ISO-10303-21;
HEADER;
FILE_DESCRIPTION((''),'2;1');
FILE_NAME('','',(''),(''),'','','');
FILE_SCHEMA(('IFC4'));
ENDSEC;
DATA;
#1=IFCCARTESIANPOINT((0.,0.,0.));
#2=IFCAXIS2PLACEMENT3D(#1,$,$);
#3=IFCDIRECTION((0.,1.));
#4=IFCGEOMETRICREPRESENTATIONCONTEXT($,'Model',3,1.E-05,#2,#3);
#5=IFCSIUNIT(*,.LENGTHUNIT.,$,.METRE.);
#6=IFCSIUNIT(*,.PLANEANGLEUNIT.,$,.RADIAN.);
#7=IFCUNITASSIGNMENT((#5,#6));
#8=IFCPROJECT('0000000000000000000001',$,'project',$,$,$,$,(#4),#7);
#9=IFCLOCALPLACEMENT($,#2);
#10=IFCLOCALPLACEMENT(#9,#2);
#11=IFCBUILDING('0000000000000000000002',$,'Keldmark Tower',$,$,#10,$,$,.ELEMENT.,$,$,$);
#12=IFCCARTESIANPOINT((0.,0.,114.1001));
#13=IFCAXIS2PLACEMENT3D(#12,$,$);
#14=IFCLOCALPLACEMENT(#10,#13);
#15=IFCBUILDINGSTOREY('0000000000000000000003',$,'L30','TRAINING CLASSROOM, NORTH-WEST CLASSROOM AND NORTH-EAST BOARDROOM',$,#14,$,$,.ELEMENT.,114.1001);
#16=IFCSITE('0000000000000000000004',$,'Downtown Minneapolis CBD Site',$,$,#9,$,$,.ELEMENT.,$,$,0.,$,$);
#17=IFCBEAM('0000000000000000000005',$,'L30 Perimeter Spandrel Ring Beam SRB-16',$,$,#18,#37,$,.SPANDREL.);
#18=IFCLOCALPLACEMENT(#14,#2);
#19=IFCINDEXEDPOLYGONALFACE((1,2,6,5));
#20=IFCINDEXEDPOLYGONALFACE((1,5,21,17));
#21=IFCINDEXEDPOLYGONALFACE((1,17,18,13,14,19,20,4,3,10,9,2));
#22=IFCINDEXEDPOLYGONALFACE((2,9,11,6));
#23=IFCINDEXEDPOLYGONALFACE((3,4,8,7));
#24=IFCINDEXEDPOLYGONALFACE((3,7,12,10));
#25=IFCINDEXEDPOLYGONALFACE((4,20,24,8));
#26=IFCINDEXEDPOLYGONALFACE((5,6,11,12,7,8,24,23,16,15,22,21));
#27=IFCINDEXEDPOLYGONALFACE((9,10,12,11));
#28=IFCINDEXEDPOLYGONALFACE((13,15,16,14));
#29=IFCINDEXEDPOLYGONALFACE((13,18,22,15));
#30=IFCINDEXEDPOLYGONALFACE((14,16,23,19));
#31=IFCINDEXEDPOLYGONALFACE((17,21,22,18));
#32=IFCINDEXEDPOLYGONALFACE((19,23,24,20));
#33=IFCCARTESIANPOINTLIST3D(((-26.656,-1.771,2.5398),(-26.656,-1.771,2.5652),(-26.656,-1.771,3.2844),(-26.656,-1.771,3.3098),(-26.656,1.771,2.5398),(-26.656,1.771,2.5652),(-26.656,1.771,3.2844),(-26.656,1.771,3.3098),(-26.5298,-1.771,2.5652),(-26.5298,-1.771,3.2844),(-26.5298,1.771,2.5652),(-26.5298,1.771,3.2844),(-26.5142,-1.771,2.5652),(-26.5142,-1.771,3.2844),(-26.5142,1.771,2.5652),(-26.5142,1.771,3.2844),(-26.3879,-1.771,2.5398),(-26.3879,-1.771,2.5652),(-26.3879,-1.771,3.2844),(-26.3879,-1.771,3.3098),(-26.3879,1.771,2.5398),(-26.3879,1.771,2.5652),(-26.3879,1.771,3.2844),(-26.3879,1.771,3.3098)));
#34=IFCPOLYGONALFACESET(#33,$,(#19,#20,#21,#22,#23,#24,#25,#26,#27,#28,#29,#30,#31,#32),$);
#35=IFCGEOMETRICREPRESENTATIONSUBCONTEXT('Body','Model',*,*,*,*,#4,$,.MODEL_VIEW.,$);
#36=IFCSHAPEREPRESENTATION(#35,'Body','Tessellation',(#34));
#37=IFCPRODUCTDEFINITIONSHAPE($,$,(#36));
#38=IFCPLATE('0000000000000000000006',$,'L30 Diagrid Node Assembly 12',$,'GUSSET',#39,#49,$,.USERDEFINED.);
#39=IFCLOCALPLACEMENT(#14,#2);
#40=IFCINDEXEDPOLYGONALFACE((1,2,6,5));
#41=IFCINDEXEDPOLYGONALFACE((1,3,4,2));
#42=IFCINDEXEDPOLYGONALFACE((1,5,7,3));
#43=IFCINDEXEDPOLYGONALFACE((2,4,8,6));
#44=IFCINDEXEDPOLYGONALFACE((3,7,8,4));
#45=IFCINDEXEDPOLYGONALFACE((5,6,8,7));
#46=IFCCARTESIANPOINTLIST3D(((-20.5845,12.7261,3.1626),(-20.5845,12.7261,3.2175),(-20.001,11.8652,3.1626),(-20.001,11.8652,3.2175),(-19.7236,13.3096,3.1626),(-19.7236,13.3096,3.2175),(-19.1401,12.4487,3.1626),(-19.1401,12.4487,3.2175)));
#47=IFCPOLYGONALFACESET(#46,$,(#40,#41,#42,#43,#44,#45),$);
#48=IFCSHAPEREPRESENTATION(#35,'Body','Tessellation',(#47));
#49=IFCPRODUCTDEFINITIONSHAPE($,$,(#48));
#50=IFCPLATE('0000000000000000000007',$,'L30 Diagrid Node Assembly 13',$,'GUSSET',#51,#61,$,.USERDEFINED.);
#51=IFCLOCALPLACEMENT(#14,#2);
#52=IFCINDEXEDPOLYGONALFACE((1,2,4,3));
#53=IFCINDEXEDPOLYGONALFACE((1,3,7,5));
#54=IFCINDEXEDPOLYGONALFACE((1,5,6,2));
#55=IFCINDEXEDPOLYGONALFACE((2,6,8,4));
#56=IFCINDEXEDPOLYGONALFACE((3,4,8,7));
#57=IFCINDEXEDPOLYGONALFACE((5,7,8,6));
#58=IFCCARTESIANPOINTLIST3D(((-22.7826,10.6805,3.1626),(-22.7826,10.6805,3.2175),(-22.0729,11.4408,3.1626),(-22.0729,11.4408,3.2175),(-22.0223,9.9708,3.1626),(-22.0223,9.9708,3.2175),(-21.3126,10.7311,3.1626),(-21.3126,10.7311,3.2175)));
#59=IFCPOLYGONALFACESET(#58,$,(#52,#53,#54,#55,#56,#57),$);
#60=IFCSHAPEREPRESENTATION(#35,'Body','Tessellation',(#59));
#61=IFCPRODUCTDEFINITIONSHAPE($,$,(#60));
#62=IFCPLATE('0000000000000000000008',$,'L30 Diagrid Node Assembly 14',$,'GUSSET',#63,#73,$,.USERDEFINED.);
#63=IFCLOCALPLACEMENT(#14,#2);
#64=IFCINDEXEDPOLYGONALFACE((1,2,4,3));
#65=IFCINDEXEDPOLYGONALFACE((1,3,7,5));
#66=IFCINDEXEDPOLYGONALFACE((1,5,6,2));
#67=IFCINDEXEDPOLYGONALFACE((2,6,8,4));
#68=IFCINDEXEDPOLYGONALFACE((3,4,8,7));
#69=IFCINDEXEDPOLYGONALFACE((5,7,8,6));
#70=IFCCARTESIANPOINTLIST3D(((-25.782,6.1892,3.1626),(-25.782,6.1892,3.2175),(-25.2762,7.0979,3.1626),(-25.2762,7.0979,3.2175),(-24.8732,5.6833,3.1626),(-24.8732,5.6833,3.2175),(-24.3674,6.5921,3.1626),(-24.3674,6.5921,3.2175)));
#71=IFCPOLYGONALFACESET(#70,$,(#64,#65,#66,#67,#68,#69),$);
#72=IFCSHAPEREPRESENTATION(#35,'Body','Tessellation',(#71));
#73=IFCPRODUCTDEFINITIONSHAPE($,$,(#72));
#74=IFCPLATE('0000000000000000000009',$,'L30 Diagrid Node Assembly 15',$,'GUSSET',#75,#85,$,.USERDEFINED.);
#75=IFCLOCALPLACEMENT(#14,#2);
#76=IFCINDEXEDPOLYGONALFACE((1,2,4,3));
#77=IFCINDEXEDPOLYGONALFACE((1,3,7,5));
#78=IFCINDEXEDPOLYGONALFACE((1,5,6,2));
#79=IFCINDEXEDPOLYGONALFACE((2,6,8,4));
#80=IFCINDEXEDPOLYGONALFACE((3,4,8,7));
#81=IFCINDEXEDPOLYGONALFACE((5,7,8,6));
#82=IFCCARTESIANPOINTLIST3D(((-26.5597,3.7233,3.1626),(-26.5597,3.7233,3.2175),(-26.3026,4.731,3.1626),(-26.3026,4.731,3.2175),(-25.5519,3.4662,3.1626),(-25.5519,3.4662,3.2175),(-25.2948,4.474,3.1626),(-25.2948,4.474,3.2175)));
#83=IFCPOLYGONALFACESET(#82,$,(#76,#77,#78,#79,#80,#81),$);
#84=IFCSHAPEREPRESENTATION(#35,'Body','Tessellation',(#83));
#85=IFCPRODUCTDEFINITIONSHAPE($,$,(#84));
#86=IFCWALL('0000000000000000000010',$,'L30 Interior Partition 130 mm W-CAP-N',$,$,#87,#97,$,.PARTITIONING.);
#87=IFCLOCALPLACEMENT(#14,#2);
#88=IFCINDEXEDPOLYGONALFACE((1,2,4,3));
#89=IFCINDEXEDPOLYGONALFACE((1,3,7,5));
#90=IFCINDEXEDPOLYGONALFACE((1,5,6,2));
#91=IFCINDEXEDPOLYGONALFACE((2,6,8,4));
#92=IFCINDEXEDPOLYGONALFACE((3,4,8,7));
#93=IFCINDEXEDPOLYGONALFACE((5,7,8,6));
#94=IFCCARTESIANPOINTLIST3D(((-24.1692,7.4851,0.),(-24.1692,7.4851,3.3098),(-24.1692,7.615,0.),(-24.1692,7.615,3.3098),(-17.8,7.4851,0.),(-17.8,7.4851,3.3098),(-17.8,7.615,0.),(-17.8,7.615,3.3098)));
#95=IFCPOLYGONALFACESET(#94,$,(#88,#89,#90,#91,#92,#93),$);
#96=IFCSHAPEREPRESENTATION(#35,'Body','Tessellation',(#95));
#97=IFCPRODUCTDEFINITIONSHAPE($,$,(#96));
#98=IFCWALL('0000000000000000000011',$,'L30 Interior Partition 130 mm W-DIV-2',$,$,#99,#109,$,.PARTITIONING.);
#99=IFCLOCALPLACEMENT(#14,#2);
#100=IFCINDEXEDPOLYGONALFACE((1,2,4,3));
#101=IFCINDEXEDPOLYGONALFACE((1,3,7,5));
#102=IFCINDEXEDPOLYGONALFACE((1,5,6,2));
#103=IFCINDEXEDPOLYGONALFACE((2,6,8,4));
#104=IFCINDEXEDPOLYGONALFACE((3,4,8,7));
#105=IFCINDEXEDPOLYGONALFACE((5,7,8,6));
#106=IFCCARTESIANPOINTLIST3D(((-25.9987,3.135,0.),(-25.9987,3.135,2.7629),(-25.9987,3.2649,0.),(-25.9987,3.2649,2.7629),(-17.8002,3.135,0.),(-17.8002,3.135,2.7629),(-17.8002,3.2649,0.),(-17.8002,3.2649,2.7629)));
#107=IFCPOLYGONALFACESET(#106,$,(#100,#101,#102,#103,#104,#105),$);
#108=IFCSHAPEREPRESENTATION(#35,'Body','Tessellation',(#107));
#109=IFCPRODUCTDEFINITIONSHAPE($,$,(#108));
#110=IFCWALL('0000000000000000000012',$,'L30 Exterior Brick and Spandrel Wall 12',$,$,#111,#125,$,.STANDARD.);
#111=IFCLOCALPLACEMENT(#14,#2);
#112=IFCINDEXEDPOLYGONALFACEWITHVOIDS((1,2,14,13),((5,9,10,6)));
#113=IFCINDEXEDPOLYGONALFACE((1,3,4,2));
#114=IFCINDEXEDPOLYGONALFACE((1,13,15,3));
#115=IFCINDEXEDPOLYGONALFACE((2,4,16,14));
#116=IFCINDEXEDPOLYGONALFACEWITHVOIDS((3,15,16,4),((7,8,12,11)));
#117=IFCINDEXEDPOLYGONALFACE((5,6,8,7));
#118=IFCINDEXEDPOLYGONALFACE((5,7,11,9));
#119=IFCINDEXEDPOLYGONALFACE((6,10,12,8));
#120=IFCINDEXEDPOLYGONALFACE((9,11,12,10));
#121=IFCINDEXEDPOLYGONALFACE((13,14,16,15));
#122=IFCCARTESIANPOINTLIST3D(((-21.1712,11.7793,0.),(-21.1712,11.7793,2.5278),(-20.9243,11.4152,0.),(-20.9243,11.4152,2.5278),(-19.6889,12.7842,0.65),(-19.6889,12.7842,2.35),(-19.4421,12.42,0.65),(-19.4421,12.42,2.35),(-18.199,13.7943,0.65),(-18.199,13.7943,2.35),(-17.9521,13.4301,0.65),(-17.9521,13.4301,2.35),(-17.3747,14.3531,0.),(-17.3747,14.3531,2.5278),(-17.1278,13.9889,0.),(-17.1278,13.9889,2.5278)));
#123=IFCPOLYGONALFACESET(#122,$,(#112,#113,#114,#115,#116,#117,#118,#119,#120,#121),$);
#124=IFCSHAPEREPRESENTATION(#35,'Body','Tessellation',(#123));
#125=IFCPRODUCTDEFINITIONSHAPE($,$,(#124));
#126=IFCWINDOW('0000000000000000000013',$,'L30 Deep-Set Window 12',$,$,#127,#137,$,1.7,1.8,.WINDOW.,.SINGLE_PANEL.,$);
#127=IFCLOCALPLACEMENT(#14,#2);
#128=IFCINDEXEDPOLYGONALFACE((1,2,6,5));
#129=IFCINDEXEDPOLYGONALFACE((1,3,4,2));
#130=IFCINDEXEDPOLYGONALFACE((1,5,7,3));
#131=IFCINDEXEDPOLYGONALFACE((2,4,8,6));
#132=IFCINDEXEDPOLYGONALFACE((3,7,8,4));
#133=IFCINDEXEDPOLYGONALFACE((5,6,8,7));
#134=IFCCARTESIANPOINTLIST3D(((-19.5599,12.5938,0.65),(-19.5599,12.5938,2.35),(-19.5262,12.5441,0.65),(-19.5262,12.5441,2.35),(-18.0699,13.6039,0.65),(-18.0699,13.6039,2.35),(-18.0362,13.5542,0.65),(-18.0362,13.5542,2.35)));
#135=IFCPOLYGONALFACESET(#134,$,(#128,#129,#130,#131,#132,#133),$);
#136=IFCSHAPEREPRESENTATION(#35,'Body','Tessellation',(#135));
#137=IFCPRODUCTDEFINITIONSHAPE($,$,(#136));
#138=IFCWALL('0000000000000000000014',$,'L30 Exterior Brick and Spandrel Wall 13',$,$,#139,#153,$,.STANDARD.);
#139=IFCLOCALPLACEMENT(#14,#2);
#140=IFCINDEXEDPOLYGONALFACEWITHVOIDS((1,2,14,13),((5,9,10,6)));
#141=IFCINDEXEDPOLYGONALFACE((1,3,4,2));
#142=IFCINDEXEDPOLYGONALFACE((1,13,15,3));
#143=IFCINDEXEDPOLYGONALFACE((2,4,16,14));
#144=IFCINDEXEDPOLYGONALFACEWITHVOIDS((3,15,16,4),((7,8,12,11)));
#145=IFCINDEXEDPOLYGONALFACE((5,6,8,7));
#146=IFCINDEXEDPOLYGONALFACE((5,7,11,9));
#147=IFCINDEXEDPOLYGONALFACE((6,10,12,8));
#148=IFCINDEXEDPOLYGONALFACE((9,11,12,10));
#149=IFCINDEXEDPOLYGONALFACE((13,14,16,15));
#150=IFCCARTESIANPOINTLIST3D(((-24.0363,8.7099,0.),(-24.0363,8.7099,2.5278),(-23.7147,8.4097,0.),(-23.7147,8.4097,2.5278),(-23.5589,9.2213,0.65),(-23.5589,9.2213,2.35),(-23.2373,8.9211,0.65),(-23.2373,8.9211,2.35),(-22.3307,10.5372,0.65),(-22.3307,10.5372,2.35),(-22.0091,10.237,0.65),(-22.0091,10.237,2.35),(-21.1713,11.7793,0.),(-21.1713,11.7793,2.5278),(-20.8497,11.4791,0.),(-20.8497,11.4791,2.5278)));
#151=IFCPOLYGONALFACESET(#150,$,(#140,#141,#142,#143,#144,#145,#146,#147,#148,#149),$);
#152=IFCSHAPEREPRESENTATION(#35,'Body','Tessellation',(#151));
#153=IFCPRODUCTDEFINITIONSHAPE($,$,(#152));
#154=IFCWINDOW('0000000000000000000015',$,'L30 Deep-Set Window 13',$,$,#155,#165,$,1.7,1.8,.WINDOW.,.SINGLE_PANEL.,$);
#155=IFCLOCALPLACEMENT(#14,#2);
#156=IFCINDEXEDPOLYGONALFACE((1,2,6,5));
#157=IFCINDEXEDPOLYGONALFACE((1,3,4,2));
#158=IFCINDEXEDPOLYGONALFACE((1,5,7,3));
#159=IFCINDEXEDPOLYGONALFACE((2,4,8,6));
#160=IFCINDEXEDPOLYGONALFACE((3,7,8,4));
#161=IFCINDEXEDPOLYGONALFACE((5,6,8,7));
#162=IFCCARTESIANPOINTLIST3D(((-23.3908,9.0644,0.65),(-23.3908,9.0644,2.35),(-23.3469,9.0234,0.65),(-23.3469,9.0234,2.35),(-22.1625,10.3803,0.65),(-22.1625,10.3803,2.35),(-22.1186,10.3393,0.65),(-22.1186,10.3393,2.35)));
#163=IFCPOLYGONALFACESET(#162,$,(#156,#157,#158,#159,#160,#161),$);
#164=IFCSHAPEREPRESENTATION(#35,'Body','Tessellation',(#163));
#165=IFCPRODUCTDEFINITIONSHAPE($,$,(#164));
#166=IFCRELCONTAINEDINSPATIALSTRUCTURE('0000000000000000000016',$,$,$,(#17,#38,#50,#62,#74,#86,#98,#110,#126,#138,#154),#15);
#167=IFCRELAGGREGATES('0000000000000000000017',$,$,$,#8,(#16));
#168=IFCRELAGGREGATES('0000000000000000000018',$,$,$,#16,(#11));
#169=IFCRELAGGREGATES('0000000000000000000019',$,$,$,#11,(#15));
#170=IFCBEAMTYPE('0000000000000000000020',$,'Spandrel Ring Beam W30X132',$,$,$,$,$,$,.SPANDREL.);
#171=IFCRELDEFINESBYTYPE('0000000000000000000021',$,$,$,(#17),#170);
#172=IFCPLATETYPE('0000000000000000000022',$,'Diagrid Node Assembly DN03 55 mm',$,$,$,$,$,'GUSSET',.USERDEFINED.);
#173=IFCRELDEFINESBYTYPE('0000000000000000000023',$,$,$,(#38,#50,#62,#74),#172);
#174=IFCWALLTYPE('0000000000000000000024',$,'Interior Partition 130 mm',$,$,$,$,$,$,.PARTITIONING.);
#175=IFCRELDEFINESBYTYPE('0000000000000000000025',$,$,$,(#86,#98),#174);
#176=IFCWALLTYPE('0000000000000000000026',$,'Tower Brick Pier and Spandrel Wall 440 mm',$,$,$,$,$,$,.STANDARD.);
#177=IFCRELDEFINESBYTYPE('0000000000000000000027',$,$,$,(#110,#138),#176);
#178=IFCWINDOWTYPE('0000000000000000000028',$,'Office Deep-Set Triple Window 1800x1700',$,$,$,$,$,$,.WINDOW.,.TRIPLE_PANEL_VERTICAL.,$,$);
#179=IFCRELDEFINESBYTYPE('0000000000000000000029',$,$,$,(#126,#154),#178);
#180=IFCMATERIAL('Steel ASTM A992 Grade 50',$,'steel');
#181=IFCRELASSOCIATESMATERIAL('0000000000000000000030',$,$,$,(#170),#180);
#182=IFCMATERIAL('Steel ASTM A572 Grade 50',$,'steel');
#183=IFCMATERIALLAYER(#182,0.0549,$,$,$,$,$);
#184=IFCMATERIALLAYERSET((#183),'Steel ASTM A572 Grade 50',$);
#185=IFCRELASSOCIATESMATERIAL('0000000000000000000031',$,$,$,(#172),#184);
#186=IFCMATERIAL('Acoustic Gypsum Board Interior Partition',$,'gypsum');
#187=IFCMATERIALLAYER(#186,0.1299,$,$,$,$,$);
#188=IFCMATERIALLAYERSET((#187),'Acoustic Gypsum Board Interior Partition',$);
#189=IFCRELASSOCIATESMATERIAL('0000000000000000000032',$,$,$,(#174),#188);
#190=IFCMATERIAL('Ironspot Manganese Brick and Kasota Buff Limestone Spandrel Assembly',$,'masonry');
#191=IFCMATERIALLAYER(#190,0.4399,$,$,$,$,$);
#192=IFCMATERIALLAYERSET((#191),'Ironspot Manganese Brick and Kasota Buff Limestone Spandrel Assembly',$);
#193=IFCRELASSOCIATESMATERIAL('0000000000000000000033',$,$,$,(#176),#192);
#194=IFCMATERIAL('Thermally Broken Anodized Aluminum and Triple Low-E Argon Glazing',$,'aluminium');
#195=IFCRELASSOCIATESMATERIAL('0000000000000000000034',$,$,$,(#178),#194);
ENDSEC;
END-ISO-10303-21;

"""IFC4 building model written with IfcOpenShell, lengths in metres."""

from ifc_helpers import new_model, si_unit, direction, frame, frame_2d, origin, origin_2d, place, context, subcontext, project, spatial, rectangle, i_section, extrude, material, layer, layer_set, material_profile, profile_set, type_object, element, fill, save


model = new_model("IFC4")

# Units and contexts
model_context = context("Model", 3, precision=1e-05, world=origin(), true_north=direction((0.0, 1.0)))
body_context = subcontext(model_context, "Body", "Model", "MODEL_VIEW")
ifc_project = project(units=[si_unit("LENGTHUNIT", "METRE"), si_unit("PLANEANGLEUNIT", "RADIAN")], contexts=[model_context])

# Site, building, storey
site_placement = place(None, origin())
site = spatial("IfcSite", under=ifc_project, at=site_placement, Name="Downtown Minneapolis CBD Site", CompositionType="ELEMENT", RefElevation=0.0)
building_placement = place(site_placement, origin())
building = spatial("IfcBuilding", under=site, at=building_placement, Name="Keldmark Tower", CompositionType="ELEMENT")
storey_placement = place(building_placement, frame((0.0, 0.0, 114.1001)))
storey = spatial("IfcBuildingStorey", under=building, at=storey_placement, Name="L30", Description="TRAINING CLASSROOM, NORTH-WEST CLASSROOM AND NORTH-EAST BOARDROOM", CompositionType="ELEMENT", Elevation=114.1001)

# Beam
ifc_material_1 = material(Name="Steel ASTM A992 Grade 50", Category="steel")
ifc_material_profile_1 = material_profile(ifc_material_1, i_section(OverallWidth=0.2681, OverallDepth=0.77, WebThickness=0.0156, FlangeThickness=0.0254, at=origin_2d()), Name="W30X132")
ifc_profile_set_1 = profile_set([ifc_material_profile_1], Name="Steel ASTM A992 Grade 50")
beam_type_1 = type_object("IfcBeamType", Name="Spandrel Ring Beam W30X132", PredefinedType="SPANDREL", material=ifc_profile_set_1)
beam_1_placement = place(storey_placement, frame((-26.522, 1.771, 2.9248), z_axis=(0.0, -1.0, 0.0), x_axis=(1.0, 0.0, 0.0)))
element("IfcBeam", 1, at=beam_1_placement, inside=storey, type_object=beam_type_1, Name="L30 Perimeter Spandrel Ring Beam SRB-16", PredefinedType="SPANDREL", context=body_context, shape_type="SweptSolid", body=[
    extrude(i_section(OverallWidth=0.2681, OverallDepth=0.77, WebThickness=0.0156, FlangeThickness=0.0254, at=origin_2d()), origin(), (0.0, 0.0, 1.0), 3.542),
])

# Plates
ifc_material_2 = material(Name="Steel ASTM A572 Grade 50", Category="steel")
ifc_layer_1 = layer(ifc_material_2, 0.0549)
ifc_layer_set_1 = layer_set([ifc_layer_1], Name="Steel ASTM A572 Grade 50")
plate_type = type_object("IfcPlateType", Name="Diagrid Node Assembly DN03 55 mm", ElementType="GUSSET", PredefinedType="USERDEFINED", material=ifc_layer_set_1)
for number, where, z_axis, x_axis, name in (
    (2, (-19.8623, 12.5874, 3.1626), (0.0, 0.0, 1.0), (-0.827767, -0.561072, 0.0), "L30 Diagrid Node Assembly 12"),
    (3, (-22.0476, 10.7058, 3.1626), (0.0, 0.0, 1.0), (-0.682381, -0.730997, 0.0), "L30 Diagrid Node Assembly 13"),
    (4, (-25.0747, 6.3906, 3.1626), (0.0, 0.0, 1.0), (-0.486335, -0.873772, 0.0), "L30 Diagrid Node Assembly 14"),
    (5, (-25.9272, 4.0986, 3.1626), (0.0, 0.0, 1.0), (-0.247168, -0.968973, 0.0), "L30 Diagrid Node Assembly 15"),
):
    element("IfcPlate", number, at=place(storey_placement, frame(where, z_axis=z_axis, x_axis=x_axis)), inside=storey, type_object=plate_type, Name=name, ObjectType="GUSSET", PredefinedType="USERDEFINED", context=body_context, shape_type="SweptSolid", body=[
        extrude(rectangle(XDim=1.04, YDim=1.04, at=origin_2d()), origin(), (0.0, 0.0, 1.0), 0.0549),
    ])

# Walls
ifc_material_3 = material(Name="Acoustic Gypsum Board Interior Partition", Category="gypsum")
ifc_layer_2 = layer(ifc_material_3, 0.1299)
ifc_layer_set_2 = layer_set([ifc_layer_2], Name="Acoustic Gypsum Board Interior Partition")
wall_type_1 = type_object("IfcWallType", Name="Interior Partition 130 mm", PredefinedType="PARTITIONING", material=ifc_layer_set_2)
wall_1_placement = place(storey_placement, frame((-24.1692, 7.55, 0.0), z_axis=(0.0, 0.0, 1.0), x_axis=(1.0, 0.0, 0.0)))
element("IfcWall", 6, at=wall_1_placement, inside=storey, type_object=wall_type_1, Name="L30 Interior Partition 130 mm W-CAP-N", PredefinedType="PARTITIONING", context=body_context, shape_type="SweptSolid", body=[
    extrude(rectangle(XDim=6.3691, YDim=0.1299, at=frame_2d((3.1846, 0.0))), origin(), (0.0, 0.0, 1.0), 3.3098),
])
wall_2_placement = place(storey_placement, frame((-25.9985, 3.2, 0.0), z_axis=(0.0, 0.0, 1.0), x_axis=(1.0, 0.0, 0.0)))
element("IfcWall", 7, at=wall_2_placement, inside=storey, type_object=wall_type_1, Name="L30 Interior Partition 130 mm W-DIV-2", PredefinedType="PARTITIONING", context=body_context, shape_type="SweptSolid", body=[
    extrude(rectangle(XDim=8.1985, YDim=0.1299, at=frame_2d((4.0991, 0.0))), origin(), (0.0, 0.0, 1.0), 2.7629),
])

# Walls, openings, windows
ifc_material_4 = material(Name="Ironspot Manganese Brick and Kasota Buff Limestone Spandrel Assembly", Category="masonry")
ifc_layer_3 = layer(ifc_material_4, 0.4399)
ifc_layer_set_3 = layer_set([ifc_layer_3], Name="Ironspot Manganese Brick and Kasota Buff Limestone Spandrel Assembly")
wall_type_2 = type_object("IfcWallType", Name="Tower Brick Pier and Spandrel Wall 440 mm", PredefinedType="STANDARD", material=ifc_layer_set_3)
wall_3_placement = place(storey_placement, frame((-21.0479, 11.5972, 0.0), z_axis=(0.0, 0.0, 1.0), x_axis=(0.827718, 0.561145, 0.0)))
wall_3 = element("IfcWall", 8, at=wall_3_placement, inside=storey, type_object=wall_type_2, Name="L30 Exterior Brick and Spandrel Wall 12", PredefinedType="STANDARD", context=body_context, shape_type="SweptSolid", body=[
    extrude(rectangle(XDim=4.5867, YDim=0.4399, at=frame_2d((2.2935, 0.0))), origin(), (0.0, 0.0, 1.0), 2.5278),
])
opening_1_placement = place(wall_3_placement, frame((1.791, 0.0, 0.6499)))
opening_1 = element("IfcOpeningElement", 9, at=opening_1_placement, cuts=wall_3, PredefinedType="OPENING", context=body_context, shape_type="SweptSolid", body=[
    extrude(rectangle(XDim=1.8, YDim=1.7, at=frame_2d((0.8999, 0.8501))), frame((0.0, 0.23, 0.0), z_axis=(0.0, -1.0, 0.0), x_axis=(1.0, 0.0, 0.0)), (0.0, 0.0, 1.0), 0.46),
])
ifc_material_5 = material(Name="Thermally Broken Anodized Aluminum and Triple Low-E Argon Glazing", Category="aluminium")
window_type_1 = type_object("IfcWindowType", Name="Office Deep-Set Triple Window 1800x1700", PartitioningType="TRIPLE_PANEL_VERTICAL", PredefinedType="WINDOW", material=ifc_material_5)
window_1_placement = place(opening_1_placement, origin())
window_1 = element("IfcWindow", 10, at=window_1_placement, inside=storey, type_object=window_type_1, Name="L30 Deep-Set Window 12", OverallHeight=1.7, OverallWidth=1.8, PartitioningType="SINGLE_PANEL", PredefinedType="WINDOW", context=body_context, shape_type="SweptSolid", body=[
    extrude(rectangle(XDim=1.8, YDim=1.7, at=frame_2d((0.8999, 0.8501))), frame((0.0, -0.01, 0.0), z_axis=(0.0, -1.0, 0.0), x_axis=(1.0, 0.0, 0.0)), (0.0, 0.0, 1.0), 0.0601),
])
fill(opening_1, window_1)
wall_4_placement = place(storey_placement, frame((-23.8755, 8.5598, 0.0), z_axis=(0.0, 0.0, 1.0), x_axis=(0.682353, 0.731022, 0.0)))
wall_4 = element("IfcWall", 11, at=wall_4_placement, inside=storey, type_object=wall_type_2, Name="L30 Exterior Brick and Spandrel Wall 13", PredefinedType="STANDARD", context=body_context, shape_type="SweptSolid", body=[
    extrude(rectangle(XDim=4.1987, YDim=0.4399, at=frame_2d((2.0994, 0.0))), origin(), (0.0, 0.0, 1.0), 2.5278),
])
opening_2_placement = place(wall_4_placement, frame((0.6997, 0.0, 0.6499)))
opening_2 = element("IfcOpeningElement", 12, at=opening_2_placement, cuts=wall_4, PredefinedType="OPENING", context=body_context, shape_type="SweptSolid", body=[
    extrude(rectangle(XDim=1.8, YDim=1.7, at=frame_2d((0.8999, 0.8501))), frame((0.0, 0.23, 0.0), z_axis=(0.0, -1.0, 0.0), x_axis=(1.0, 0.0, 0.0)), (0.0, 0.0, 1.0), 0.46),
])
window_2_placement = place(opening_2_placement, origin())
window_2 = element("IfcWindow", 13, at=window_2_placement, inside=storey, type_object=window_type_1, Name="L30 Deep-Set Window 13", OverallHeight=1.7, OverallWidth=1.8, PartitioningType="SINGLE_PANEL", PredefinedType="WINDOW", context=body_context, shape_type="SweptSolid", body=[
    extrude(rectangle(XDim=1.8, YDim=1.7, at=frame_2d((0.8999, 0.8501))), frame((0.0, -0.01, 0.0), z_axis=(0.0, -1.0, 0.0), x_axis=(1.0, 0.0, 0.0)), (0.0, 0.0, 1.0), 0.0601),
])
fill(opening_2, window_2)

save(model, "model.ifc")
